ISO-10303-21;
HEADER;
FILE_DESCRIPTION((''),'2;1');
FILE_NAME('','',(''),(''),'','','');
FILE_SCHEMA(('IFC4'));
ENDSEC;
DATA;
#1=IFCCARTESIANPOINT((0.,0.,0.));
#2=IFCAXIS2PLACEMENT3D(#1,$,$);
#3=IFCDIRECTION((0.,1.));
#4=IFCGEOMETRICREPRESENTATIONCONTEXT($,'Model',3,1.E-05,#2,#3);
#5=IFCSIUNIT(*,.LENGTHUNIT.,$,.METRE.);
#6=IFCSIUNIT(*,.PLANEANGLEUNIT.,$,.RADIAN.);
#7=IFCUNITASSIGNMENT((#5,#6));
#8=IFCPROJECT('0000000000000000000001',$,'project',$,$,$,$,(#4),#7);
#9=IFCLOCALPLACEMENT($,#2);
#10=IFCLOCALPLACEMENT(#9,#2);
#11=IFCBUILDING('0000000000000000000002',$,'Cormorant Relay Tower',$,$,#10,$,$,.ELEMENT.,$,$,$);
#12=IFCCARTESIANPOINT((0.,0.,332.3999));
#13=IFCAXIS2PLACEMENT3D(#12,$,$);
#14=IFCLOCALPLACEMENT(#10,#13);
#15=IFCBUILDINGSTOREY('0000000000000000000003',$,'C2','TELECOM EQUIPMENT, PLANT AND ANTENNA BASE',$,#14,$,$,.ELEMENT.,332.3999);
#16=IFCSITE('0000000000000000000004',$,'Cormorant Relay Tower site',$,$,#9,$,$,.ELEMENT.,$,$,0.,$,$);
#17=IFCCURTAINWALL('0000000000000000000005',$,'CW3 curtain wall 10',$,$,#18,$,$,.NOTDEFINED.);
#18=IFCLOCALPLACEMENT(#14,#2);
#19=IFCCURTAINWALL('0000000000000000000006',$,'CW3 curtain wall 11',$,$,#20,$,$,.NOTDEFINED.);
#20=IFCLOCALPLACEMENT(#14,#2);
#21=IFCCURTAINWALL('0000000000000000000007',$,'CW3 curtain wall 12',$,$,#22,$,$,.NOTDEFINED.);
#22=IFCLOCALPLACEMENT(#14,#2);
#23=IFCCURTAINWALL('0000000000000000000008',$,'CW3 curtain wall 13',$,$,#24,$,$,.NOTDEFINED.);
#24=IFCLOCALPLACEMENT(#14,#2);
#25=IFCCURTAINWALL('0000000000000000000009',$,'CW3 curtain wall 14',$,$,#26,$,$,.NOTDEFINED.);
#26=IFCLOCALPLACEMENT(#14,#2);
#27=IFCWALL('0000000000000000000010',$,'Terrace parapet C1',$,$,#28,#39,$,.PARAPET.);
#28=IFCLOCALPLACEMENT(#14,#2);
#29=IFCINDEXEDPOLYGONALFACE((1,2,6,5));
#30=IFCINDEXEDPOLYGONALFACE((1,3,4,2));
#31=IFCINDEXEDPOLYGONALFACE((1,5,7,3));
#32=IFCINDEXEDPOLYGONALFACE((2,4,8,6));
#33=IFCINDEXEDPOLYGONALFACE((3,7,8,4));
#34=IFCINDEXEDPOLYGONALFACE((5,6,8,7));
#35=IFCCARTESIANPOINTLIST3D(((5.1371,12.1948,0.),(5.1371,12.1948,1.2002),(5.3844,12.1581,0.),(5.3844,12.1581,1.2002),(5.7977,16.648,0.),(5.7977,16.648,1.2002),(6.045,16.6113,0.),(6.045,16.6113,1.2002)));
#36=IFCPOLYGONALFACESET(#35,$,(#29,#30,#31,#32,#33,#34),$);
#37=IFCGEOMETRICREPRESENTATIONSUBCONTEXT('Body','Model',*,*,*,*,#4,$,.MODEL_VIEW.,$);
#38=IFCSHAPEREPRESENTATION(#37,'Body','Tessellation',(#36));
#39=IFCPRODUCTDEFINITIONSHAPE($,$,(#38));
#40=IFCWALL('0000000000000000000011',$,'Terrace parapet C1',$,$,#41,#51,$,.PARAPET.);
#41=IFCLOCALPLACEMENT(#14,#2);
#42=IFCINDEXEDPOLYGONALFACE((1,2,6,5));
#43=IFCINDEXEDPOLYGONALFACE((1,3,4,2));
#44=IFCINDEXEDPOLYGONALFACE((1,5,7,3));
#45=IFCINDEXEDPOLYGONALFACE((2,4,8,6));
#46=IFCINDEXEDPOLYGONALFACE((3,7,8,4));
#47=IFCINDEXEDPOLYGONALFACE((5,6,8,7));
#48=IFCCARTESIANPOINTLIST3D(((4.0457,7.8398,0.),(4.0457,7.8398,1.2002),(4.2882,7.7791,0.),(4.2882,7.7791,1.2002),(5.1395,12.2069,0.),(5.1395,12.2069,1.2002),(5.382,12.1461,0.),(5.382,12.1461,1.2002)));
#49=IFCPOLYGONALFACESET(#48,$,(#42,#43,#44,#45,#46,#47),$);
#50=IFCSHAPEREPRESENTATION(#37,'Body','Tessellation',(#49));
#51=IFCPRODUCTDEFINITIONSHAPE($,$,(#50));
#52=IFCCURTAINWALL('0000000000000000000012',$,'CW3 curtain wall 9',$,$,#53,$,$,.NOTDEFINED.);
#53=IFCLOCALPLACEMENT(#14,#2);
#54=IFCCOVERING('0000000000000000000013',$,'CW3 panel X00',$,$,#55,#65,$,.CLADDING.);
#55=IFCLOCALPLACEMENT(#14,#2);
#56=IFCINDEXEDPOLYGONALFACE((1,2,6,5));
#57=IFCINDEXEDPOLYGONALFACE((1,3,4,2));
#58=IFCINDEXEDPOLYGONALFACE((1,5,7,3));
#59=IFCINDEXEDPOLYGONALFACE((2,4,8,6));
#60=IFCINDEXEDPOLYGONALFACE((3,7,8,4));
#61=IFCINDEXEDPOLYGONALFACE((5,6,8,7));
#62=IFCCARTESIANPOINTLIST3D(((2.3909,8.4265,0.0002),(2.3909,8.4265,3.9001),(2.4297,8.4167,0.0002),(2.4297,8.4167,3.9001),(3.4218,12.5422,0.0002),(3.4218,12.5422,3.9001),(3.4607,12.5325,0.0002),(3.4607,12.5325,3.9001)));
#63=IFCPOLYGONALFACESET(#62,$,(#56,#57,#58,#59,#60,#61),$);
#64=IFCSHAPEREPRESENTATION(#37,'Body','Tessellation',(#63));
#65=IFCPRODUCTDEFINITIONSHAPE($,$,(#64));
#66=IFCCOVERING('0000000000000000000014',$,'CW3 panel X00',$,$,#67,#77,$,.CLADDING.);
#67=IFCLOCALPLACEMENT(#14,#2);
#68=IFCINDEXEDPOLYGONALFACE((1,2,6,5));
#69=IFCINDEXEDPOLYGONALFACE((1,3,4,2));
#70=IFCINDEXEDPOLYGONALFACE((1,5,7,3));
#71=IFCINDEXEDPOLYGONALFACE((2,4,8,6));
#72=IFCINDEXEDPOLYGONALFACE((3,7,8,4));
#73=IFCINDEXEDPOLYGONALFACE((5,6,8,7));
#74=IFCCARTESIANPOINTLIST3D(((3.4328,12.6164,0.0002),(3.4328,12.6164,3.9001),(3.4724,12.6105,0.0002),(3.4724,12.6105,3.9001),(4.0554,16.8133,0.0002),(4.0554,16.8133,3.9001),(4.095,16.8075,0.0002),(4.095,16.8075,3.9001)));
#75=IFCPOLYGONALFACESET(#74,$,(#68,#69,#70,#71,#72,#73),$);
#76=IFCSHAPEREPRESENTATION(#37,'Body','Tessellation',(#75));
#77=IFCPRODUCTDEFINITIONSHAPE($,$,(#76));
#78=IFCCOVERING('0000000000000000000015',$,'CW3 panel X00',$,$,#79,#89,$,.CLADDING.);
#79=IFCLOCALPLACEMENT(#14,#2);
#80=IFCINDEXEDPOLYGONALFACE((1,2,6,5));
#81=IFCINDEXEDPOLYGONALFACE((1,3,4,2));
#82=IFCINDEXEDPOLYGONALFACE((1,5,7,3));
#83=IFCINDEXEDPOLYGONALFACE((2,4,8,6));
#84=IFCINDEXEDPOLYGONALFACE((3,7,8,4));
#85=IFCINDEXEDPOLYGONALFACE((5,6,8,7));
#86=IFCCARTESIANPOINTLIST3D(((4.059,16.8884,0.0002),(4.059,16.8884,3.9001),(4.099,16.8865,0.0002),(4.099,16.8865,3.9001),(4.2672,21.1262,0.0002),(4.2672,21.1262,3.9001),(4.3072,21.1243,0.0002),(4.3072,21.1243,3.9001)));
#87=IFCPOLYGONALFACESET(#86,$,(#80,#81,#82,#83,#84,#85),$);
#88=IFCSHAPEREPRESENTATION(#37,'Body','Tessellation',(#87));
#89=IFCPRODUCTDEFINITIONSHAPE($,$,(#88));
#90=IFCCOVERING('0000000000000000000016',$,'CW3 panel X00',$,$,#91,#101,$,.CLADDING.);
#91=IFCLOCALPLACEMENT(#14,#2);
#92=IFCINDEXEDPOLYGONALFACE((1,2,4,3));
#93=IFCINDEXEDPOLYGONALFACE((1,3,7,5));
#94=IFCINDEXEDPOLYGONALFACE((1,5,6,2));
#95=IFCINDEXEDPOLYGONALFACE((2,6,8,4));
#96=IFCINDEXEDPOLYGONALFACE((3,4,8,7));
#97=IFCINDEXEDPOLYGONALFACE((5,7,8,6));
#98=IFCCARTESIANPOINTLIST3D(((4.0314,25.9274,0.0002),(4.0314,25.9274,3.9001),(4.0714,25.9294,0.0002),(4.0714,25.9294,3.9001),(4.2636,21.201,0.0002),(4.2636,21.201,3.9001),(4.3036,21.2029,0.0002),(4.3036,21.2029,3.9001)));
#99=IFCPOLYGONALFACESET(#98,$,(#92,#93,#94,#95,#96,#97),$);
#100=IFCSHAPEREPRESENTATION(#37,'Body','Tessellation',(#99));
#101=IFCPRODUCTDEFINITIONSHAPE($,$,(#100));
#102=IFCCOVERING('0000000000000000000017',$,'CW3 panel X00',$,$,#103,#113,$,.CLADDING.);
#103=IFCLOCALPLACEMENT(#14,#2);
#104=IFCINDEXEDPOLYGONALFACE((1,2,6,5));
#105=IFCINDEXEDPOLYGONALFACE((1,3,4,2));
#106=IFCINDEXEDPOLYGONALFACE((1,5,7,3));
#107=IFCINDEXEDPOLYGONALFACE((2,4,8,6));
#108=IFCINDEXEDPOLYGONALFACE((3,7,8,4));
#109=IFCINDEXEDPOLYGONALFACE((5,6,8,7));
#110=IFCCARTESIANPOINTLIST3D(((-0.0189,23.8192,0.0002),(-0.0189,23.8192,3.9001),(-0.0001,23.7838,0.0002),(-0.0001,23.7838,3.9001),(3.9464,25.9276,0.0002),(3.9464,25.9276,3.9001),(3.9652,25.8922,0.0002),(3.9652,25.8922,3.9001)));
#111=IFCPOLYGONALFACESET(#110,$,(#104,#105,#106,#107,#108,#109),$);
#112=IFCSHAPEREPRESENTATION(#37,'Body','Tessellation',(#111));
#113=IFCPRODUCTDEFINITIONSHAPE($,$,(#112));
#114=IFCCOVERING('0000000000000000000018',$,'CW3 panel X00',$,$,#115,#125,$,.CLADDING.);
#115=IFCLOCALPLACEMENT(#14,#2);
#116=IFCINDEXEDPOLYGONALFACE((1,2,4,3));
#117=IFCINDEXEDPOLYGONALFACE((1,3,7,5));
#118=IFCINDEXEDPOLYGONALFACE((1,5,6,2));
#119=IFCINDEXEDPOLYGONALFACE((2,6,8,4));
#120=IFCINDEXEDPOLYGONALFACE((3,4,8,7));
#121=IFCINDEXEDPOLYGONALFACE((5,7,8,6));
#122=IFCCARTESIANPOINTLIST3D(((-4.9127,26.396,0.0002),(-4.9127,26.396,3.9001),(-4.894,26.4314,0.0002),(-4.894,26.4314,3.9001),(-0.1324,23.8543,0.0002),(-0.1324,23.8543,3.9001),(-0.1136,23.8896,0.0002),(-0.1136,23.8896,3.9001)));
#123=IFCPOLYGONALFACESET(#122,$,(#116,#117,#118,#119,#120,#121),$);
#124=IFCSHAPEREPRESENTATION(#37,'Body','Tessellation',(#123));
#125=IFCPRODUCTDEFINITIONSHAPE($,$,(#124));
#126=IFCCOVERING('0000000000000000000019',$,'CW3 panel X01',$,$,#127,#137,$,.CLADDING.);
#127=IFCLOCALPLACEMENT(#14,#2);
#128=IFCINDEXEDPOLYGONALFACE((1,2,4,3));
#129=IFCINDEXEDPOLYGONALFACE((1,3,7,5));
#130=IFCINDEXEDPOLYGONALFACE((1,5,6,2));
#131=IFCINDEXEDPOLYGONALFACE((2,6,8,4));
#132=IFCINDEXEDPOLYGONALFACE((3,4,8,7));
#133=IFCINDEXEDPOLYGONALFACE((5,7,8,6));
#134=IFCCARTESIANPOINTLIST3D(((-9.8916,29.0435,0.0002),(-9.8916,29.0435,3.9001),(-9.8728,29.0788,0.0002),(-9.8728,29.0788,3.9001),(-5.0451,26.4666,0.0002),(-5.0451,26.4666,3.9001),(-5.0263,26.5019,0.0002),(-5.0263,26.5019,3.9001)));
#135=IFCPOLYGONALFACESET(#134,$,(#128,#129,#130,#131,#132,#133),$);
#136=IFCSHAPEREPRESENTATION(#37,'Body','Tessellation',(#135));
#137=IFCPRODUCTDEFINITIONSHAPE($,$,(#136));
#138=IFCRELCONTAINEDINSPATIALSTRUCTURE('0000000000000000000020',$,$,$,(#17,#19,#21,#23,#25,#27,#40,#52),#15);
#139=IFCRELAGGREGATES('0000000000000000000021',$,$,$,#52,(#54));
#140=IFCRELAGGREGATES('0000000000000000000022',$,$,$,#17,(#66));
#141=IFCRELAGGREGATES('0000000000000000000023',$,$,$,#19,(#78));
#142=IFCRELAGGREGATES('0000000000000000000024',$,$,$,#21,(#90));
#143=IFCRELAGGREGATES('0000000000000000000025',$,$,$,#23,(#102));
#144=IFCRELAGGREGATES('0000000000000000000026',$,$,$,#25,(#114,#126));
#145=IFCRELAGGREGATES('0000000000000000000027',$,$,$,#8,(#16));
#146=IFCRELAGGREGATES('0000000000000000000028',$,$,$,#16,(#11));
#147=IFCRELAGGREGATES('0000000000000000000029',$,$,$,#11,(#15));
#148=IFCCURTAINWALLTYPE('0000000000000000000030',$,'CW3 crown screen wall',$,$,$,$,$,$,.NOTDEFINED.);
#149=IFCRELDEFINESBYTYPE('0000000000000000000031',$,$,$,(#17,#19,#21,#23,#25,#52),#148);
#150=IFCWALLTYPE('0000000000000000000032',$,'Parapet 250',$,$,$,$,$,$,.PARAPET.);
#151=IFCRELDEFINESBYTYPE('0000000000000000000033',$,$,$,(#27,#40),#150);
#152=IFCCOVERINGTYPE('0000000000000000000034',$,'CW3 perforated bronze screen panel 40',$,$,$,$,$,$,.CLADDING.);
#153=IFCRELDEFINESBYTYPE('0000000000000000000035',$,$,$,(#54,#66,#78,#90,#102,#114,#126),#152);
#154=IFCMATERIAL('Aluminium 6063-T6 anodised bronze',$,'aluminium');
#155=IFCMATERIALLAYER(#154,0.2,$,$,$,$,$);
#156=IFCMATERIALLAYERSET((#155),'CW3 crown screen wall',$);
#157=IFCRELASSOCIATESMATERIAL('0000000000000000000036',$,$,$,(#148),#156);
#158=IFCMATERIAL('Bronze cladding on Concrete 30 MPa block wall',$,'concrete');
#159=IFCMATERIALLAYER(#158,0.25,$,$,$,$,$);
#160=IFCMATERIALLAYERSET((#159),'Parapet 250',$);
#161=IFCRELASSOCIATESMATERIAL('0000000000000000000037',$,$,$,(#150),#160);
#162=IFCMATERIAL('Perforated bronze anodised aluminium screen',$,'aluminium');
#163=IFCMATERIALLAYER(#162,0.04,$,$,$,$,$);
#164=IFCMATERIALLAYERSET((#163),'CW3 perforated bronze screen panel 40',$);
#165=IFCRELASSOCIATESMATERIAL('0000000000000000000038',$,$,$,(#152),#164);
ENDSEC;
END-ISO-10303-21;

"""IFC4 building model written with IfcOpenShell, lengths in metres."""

from ifc_helpers import new_model, si_unit, direction, frame, frame_2d, origin, origin_2d, place, context, subcontext, project, spatial, rectangle, extrude, material, layer, layer_set, type_object, element, aggregate, save


model = new_model("IFC4")

# Units and contexts
model_context = context("Model", 3, precision=1e-05, world=origin(), true_north=direction((0.0, 1.0)))
body_context = subcontext(model_context, "Body", "Model", "MODEL_VIEW")
ifc_project = project(units=[si_unit("LENGTHUNIT", "METRE"), si_unit("PLANEANGLEUNIT", "RADIAN")], contexts=[model_context])

# Site, building, storey
site_placement = place(None, origin())
site = spatial("IfcSite", under=ifc_project, at=site_placement, Name="Cormorant Relay Tower site", CompositionType="ELEMENT", RefElevation=0.0)
building_placement = place(site_placement, origin())
building = spatial("IfcBuilding", under=site, at=building_placement, Name="Cormorant Relay Tower", CompositionType="ELEMENT")
storey_placement = place(building_placement, frame((0.0, 0.0, 332.3999)))
storey = spatial("IfcBuildingStorey", under=building, at=storey_placement, Name="C2", Description="TELECOM EQUIPMENT, PLANT AND ANTENNA BASE", CompositionType="ELEMENT", Elevation=332.3999)

# Curtain walls
ifc_material_1 = material(Name="Aluminium 6063-T6 anodised bronze", Category="aluminium")
ifc_layer_1 = layer(ifc_material_1, 0.2)
ifc_layer_set_1 = layer_set([ifc_layer_1], Name="CW3 crown screen wall")
curtain_wall_type = type_object("IfcCurtainWallType", Name="CW3 crown screen wall", PredefinedType="NOTDEFINED", material=ifc_layer_set_1)
curtain_wall_1_placement = place(storey_placement, origin())
curtain_wall_1 = element("IfcCurtainWall", 1, at=curtain_wall_1_placement, inside=storey, type_object=curtain_wall_type, Name="CW3 curtain wall 10", PredefinedType="NOTDEFINED")
curtain_wall_2_placement = place(storey_placement, origin())
curtain_wall_2 = element("IfcCurtainWall", 2, at=curtain_wall_2_placement, inside=storey, type_object=curtain_wall_type, Name="CW3 curtain wall 11", PredefinedType="NOTDEFINED")
curtain_wall_3_placement = place(storey_placement, origin())
curtain_wall_3 = element("IfcCurtainWall", 3, at=curtain_wall_3_placement, inside=storey, type_object=curtain_wall_type, Name="CW3 curtain wall 12", PredefinedType="NOTDEFINED")
curtain_wall_4_placement = place(storey_placement, origin())
curtain_wall_4 = element("IfcCurtainWall", 4, at=curtain_wall_4_placement, inside=storey, type_object=curtain_wall_type, Name="CW3 curtain wall 13", PredefinedType="NOTDEFINED")

# Curtain wall
curtain_wall_5_placement = place(storey_placement, origin())
curtain_wall_5 = element("IfcCurtainWall", 5, at=curtain_wall_5_placement, inside=storey, type_object=curtain_wall_type, Name="CW3 curtain wall 14", PredefinedType="NOTDEFINED")

# Walls
ifc_material_2 = material(Name="Bronze cladding on Concrete 30 MPa block wall", Category="concrete")
ifc_layer_2 = layer(ifc_material_2, 0.25)
ifc_layer_set_2 = layer_set([ifc_layer_2], Name="Parapet 250")
wall_type_1 = type_object("IfcWallType", Name="Parapet 250", PredefinedType="PARAPET", material=ifc_layer_set_2)
for number, where, z_axis, x_axis, name in (
    (6, (5.9214, 16.6296, 0.0), (0.0, 0.0, 1.0), (-0.146749, -0.989174, 0.0), "Terrace parapet C1"),
    (7, (5.2607, 12.1765, 0.0), (0.0, 0.0, 1.0), (-0.242957, -0.970037, 0.0), "Terrace parapet C1"),
):
    element("IfcWall", number, at=place(storey_placement, frame(where, z_axis=z_axis, x_axis=x_axis)), inside=storey, type_object=wall_type_1, Name=name, PredefinedType="PARAPET", context=body_context, shape_type="SweptSolid", body=[
        extrude(rectangle(XDim=4.502, YDim=0.25, at=frame_2d((2.251, 0.0))), origin(), (0.0, 0.0, 1.0), 1.2002),
    ])

# Curtain wall, covering
curtain_wall_6_placement = place(storey_placement, origin())
curtain_wall_6 = element("IfcCurtainWall", 8, at=curtain_wall_6_placement, inside=storey, type_object=curtain_wall_type, Name="CW3 curtain wall 9", PredefinedType="NOTDEFINED")
ifc_material_3 = material(Name="Perforated bronze anodised aluminium screen", Category="aluminium")
ifc_layer_3 = layer(ifc_material_3, 0.04)
ifc_layer_set_3 = layer_set([ifc_layer_3], Name="CW3 perforated bronze screen panel 40")
covering_type = type_object("IfcCoveringType", Name="CW3 perforated bronze screen panel 40", PredefinedType="CLADDING", material=ifc_layer_set_3)
covering_1_placement = place(storey_placement, frame((2.9258, 10.4795, 0.0002), z_axis=(0.0, 0.0, 1.0), x_axis=(0.24298, 0.970031, 0.0)))
covering_1 = element("IfcCovering", 9, at=covering_1_placement, type_object=covering_type, Name="CW3 panel X00", PredefinedType="CLADDING", context=body_context, shape_type="SweptSolid", body=[
    extrude(rectangle(XDim=4.2429, YDim=0.04, at=origin_2d()), origin(), (0.0, 0.0, 1.0), 3.8999),
])
aggregate(curtain_wall_6, [covering_1])

# Coverings
covering_2_placement = place(storey_placement, frame((3.7639, 14.7119, 0.0002), z_axis=(0.0, 0.0, 1.0), x_axis=(0.14673, 0.989177, 0.0)))
covering_2 = element("IfcCovering", 10, at=covering_2_placement, type_object=covering_type, Name="CW3 panel X00", PredefinedType="CLADDING", context=body_context, shape_type="SweptSolid", body=[
    extrude(rectangle(XDim=4.2429, YDim=0.04, at=origin_2d()), origin(), (0.0, 0.0, 1.0), 3.8999),
])
aggregate(curtain_wall_1, [covering_2])
covering_3_placement = place(storey_placement, frame((4.1831, 19.0063, 0.0002), z_axis=(0.0, 0.0, 1.0), x_axis=(0.049068, 0.998795, 0.0)))
covering_3 = element("IfcCovering", 11, at=covering_3_placement, type_object=covering_type, Name="CW3 panel X00", PredefinedType="CLADDING", context=body_context, shape_type="SweptSolid", body=[
    extrude(rectangle(XDim=4.2429, YDim=0.04, at=origin_2d()), origin(), (0.0, 0.0, 1.0), 3.8999),
])
aggregate(curtain_wall_2, [covering_3])
covering_4_placement = place(storey_placement, frame((4.1675, 23.5652, 0.0002), z_axis=(0.0, 0.0, 1.0), x_axis=(-0.049068, 0.998795, 0.0)))
covering_4 = element("IfcCovering", 12, at=covering_4_placement, type_object=covering_type, Name="CW3 panel X00", PredefinedType="CLADDING", context=body_context, shape_type="SweptSolid", body=[
    extrude(rectangle(XDim=4.7322, YDim=0.04, at=origin_2d()), origin(), (0.0, 0.0, 1.0), 3.8999),
])
aggregate(curtain_wall_3, [covering_4])
covering_5_placement = place(storey_placement, frame((1.9731, 24.8557, 0.0002), z_axis=(0.0, 0.0, 1.0), x_axis=(-0.882948, -0.469472, 0.0)))
covering_5 = element("IfcCovering", 13, at=covering_5_placement, type_object=covering_type, Name="CW3 panel X00", PredefinedType="CLADDING", context=body_context, shape_type="SweptSolid", body=[
    extrude(rectangle(XDim=4.491, YDim=0.04, at=origin_2d()), origin(), (0.0, 0.0, 1.0), 3.8999),
])
aggregate(curtain_wall_4, [covering_5])
covering_6_placement = place(storey_placement, frame((-2.5132, 25.1428, 0.0002), z_axis=(0.0, 0.0, 1.0), x_axis=(-0.882948, 0.469472, 0.0)))
covering_6 = element("IfcCovering", 14, at=covering_6_placement, type_object=covering_type, Name="CW3 panel X00", PredefinedType="CLADDING", context=body_context, shape_type="SweptSolid", body=[
    extrude(rectangle(XDim=5.4141, YDim=0.04, at=origin_2d()), origin(), (0.0, 0.0, 1.0), 3.8999),
])
covering_7_placement = place(storey_placement, frame((-7.459, 27.7727, 0.0002), z_axis=(0.0, 0.0, 1.0), x_axis=(-0.882948, 0.469472, 0.0)))
covering_7 = element("IfcCovering", 15, at=covering_7_placement, type_object=covering_type, Name="CW3 panel X01", PredefinedType="CLADDING", context=body_context, shape_type="SweptSolid", body=[
    extrude(rectangle(XDim=5.489, YDim=0.04, at=origin_2d()), origin(), (0.0, 0.0, 1.0), 3.8999),
])
aggregate(curtain_wall_5, [covering_6, covering_7])

save(model, "model.ifc")
